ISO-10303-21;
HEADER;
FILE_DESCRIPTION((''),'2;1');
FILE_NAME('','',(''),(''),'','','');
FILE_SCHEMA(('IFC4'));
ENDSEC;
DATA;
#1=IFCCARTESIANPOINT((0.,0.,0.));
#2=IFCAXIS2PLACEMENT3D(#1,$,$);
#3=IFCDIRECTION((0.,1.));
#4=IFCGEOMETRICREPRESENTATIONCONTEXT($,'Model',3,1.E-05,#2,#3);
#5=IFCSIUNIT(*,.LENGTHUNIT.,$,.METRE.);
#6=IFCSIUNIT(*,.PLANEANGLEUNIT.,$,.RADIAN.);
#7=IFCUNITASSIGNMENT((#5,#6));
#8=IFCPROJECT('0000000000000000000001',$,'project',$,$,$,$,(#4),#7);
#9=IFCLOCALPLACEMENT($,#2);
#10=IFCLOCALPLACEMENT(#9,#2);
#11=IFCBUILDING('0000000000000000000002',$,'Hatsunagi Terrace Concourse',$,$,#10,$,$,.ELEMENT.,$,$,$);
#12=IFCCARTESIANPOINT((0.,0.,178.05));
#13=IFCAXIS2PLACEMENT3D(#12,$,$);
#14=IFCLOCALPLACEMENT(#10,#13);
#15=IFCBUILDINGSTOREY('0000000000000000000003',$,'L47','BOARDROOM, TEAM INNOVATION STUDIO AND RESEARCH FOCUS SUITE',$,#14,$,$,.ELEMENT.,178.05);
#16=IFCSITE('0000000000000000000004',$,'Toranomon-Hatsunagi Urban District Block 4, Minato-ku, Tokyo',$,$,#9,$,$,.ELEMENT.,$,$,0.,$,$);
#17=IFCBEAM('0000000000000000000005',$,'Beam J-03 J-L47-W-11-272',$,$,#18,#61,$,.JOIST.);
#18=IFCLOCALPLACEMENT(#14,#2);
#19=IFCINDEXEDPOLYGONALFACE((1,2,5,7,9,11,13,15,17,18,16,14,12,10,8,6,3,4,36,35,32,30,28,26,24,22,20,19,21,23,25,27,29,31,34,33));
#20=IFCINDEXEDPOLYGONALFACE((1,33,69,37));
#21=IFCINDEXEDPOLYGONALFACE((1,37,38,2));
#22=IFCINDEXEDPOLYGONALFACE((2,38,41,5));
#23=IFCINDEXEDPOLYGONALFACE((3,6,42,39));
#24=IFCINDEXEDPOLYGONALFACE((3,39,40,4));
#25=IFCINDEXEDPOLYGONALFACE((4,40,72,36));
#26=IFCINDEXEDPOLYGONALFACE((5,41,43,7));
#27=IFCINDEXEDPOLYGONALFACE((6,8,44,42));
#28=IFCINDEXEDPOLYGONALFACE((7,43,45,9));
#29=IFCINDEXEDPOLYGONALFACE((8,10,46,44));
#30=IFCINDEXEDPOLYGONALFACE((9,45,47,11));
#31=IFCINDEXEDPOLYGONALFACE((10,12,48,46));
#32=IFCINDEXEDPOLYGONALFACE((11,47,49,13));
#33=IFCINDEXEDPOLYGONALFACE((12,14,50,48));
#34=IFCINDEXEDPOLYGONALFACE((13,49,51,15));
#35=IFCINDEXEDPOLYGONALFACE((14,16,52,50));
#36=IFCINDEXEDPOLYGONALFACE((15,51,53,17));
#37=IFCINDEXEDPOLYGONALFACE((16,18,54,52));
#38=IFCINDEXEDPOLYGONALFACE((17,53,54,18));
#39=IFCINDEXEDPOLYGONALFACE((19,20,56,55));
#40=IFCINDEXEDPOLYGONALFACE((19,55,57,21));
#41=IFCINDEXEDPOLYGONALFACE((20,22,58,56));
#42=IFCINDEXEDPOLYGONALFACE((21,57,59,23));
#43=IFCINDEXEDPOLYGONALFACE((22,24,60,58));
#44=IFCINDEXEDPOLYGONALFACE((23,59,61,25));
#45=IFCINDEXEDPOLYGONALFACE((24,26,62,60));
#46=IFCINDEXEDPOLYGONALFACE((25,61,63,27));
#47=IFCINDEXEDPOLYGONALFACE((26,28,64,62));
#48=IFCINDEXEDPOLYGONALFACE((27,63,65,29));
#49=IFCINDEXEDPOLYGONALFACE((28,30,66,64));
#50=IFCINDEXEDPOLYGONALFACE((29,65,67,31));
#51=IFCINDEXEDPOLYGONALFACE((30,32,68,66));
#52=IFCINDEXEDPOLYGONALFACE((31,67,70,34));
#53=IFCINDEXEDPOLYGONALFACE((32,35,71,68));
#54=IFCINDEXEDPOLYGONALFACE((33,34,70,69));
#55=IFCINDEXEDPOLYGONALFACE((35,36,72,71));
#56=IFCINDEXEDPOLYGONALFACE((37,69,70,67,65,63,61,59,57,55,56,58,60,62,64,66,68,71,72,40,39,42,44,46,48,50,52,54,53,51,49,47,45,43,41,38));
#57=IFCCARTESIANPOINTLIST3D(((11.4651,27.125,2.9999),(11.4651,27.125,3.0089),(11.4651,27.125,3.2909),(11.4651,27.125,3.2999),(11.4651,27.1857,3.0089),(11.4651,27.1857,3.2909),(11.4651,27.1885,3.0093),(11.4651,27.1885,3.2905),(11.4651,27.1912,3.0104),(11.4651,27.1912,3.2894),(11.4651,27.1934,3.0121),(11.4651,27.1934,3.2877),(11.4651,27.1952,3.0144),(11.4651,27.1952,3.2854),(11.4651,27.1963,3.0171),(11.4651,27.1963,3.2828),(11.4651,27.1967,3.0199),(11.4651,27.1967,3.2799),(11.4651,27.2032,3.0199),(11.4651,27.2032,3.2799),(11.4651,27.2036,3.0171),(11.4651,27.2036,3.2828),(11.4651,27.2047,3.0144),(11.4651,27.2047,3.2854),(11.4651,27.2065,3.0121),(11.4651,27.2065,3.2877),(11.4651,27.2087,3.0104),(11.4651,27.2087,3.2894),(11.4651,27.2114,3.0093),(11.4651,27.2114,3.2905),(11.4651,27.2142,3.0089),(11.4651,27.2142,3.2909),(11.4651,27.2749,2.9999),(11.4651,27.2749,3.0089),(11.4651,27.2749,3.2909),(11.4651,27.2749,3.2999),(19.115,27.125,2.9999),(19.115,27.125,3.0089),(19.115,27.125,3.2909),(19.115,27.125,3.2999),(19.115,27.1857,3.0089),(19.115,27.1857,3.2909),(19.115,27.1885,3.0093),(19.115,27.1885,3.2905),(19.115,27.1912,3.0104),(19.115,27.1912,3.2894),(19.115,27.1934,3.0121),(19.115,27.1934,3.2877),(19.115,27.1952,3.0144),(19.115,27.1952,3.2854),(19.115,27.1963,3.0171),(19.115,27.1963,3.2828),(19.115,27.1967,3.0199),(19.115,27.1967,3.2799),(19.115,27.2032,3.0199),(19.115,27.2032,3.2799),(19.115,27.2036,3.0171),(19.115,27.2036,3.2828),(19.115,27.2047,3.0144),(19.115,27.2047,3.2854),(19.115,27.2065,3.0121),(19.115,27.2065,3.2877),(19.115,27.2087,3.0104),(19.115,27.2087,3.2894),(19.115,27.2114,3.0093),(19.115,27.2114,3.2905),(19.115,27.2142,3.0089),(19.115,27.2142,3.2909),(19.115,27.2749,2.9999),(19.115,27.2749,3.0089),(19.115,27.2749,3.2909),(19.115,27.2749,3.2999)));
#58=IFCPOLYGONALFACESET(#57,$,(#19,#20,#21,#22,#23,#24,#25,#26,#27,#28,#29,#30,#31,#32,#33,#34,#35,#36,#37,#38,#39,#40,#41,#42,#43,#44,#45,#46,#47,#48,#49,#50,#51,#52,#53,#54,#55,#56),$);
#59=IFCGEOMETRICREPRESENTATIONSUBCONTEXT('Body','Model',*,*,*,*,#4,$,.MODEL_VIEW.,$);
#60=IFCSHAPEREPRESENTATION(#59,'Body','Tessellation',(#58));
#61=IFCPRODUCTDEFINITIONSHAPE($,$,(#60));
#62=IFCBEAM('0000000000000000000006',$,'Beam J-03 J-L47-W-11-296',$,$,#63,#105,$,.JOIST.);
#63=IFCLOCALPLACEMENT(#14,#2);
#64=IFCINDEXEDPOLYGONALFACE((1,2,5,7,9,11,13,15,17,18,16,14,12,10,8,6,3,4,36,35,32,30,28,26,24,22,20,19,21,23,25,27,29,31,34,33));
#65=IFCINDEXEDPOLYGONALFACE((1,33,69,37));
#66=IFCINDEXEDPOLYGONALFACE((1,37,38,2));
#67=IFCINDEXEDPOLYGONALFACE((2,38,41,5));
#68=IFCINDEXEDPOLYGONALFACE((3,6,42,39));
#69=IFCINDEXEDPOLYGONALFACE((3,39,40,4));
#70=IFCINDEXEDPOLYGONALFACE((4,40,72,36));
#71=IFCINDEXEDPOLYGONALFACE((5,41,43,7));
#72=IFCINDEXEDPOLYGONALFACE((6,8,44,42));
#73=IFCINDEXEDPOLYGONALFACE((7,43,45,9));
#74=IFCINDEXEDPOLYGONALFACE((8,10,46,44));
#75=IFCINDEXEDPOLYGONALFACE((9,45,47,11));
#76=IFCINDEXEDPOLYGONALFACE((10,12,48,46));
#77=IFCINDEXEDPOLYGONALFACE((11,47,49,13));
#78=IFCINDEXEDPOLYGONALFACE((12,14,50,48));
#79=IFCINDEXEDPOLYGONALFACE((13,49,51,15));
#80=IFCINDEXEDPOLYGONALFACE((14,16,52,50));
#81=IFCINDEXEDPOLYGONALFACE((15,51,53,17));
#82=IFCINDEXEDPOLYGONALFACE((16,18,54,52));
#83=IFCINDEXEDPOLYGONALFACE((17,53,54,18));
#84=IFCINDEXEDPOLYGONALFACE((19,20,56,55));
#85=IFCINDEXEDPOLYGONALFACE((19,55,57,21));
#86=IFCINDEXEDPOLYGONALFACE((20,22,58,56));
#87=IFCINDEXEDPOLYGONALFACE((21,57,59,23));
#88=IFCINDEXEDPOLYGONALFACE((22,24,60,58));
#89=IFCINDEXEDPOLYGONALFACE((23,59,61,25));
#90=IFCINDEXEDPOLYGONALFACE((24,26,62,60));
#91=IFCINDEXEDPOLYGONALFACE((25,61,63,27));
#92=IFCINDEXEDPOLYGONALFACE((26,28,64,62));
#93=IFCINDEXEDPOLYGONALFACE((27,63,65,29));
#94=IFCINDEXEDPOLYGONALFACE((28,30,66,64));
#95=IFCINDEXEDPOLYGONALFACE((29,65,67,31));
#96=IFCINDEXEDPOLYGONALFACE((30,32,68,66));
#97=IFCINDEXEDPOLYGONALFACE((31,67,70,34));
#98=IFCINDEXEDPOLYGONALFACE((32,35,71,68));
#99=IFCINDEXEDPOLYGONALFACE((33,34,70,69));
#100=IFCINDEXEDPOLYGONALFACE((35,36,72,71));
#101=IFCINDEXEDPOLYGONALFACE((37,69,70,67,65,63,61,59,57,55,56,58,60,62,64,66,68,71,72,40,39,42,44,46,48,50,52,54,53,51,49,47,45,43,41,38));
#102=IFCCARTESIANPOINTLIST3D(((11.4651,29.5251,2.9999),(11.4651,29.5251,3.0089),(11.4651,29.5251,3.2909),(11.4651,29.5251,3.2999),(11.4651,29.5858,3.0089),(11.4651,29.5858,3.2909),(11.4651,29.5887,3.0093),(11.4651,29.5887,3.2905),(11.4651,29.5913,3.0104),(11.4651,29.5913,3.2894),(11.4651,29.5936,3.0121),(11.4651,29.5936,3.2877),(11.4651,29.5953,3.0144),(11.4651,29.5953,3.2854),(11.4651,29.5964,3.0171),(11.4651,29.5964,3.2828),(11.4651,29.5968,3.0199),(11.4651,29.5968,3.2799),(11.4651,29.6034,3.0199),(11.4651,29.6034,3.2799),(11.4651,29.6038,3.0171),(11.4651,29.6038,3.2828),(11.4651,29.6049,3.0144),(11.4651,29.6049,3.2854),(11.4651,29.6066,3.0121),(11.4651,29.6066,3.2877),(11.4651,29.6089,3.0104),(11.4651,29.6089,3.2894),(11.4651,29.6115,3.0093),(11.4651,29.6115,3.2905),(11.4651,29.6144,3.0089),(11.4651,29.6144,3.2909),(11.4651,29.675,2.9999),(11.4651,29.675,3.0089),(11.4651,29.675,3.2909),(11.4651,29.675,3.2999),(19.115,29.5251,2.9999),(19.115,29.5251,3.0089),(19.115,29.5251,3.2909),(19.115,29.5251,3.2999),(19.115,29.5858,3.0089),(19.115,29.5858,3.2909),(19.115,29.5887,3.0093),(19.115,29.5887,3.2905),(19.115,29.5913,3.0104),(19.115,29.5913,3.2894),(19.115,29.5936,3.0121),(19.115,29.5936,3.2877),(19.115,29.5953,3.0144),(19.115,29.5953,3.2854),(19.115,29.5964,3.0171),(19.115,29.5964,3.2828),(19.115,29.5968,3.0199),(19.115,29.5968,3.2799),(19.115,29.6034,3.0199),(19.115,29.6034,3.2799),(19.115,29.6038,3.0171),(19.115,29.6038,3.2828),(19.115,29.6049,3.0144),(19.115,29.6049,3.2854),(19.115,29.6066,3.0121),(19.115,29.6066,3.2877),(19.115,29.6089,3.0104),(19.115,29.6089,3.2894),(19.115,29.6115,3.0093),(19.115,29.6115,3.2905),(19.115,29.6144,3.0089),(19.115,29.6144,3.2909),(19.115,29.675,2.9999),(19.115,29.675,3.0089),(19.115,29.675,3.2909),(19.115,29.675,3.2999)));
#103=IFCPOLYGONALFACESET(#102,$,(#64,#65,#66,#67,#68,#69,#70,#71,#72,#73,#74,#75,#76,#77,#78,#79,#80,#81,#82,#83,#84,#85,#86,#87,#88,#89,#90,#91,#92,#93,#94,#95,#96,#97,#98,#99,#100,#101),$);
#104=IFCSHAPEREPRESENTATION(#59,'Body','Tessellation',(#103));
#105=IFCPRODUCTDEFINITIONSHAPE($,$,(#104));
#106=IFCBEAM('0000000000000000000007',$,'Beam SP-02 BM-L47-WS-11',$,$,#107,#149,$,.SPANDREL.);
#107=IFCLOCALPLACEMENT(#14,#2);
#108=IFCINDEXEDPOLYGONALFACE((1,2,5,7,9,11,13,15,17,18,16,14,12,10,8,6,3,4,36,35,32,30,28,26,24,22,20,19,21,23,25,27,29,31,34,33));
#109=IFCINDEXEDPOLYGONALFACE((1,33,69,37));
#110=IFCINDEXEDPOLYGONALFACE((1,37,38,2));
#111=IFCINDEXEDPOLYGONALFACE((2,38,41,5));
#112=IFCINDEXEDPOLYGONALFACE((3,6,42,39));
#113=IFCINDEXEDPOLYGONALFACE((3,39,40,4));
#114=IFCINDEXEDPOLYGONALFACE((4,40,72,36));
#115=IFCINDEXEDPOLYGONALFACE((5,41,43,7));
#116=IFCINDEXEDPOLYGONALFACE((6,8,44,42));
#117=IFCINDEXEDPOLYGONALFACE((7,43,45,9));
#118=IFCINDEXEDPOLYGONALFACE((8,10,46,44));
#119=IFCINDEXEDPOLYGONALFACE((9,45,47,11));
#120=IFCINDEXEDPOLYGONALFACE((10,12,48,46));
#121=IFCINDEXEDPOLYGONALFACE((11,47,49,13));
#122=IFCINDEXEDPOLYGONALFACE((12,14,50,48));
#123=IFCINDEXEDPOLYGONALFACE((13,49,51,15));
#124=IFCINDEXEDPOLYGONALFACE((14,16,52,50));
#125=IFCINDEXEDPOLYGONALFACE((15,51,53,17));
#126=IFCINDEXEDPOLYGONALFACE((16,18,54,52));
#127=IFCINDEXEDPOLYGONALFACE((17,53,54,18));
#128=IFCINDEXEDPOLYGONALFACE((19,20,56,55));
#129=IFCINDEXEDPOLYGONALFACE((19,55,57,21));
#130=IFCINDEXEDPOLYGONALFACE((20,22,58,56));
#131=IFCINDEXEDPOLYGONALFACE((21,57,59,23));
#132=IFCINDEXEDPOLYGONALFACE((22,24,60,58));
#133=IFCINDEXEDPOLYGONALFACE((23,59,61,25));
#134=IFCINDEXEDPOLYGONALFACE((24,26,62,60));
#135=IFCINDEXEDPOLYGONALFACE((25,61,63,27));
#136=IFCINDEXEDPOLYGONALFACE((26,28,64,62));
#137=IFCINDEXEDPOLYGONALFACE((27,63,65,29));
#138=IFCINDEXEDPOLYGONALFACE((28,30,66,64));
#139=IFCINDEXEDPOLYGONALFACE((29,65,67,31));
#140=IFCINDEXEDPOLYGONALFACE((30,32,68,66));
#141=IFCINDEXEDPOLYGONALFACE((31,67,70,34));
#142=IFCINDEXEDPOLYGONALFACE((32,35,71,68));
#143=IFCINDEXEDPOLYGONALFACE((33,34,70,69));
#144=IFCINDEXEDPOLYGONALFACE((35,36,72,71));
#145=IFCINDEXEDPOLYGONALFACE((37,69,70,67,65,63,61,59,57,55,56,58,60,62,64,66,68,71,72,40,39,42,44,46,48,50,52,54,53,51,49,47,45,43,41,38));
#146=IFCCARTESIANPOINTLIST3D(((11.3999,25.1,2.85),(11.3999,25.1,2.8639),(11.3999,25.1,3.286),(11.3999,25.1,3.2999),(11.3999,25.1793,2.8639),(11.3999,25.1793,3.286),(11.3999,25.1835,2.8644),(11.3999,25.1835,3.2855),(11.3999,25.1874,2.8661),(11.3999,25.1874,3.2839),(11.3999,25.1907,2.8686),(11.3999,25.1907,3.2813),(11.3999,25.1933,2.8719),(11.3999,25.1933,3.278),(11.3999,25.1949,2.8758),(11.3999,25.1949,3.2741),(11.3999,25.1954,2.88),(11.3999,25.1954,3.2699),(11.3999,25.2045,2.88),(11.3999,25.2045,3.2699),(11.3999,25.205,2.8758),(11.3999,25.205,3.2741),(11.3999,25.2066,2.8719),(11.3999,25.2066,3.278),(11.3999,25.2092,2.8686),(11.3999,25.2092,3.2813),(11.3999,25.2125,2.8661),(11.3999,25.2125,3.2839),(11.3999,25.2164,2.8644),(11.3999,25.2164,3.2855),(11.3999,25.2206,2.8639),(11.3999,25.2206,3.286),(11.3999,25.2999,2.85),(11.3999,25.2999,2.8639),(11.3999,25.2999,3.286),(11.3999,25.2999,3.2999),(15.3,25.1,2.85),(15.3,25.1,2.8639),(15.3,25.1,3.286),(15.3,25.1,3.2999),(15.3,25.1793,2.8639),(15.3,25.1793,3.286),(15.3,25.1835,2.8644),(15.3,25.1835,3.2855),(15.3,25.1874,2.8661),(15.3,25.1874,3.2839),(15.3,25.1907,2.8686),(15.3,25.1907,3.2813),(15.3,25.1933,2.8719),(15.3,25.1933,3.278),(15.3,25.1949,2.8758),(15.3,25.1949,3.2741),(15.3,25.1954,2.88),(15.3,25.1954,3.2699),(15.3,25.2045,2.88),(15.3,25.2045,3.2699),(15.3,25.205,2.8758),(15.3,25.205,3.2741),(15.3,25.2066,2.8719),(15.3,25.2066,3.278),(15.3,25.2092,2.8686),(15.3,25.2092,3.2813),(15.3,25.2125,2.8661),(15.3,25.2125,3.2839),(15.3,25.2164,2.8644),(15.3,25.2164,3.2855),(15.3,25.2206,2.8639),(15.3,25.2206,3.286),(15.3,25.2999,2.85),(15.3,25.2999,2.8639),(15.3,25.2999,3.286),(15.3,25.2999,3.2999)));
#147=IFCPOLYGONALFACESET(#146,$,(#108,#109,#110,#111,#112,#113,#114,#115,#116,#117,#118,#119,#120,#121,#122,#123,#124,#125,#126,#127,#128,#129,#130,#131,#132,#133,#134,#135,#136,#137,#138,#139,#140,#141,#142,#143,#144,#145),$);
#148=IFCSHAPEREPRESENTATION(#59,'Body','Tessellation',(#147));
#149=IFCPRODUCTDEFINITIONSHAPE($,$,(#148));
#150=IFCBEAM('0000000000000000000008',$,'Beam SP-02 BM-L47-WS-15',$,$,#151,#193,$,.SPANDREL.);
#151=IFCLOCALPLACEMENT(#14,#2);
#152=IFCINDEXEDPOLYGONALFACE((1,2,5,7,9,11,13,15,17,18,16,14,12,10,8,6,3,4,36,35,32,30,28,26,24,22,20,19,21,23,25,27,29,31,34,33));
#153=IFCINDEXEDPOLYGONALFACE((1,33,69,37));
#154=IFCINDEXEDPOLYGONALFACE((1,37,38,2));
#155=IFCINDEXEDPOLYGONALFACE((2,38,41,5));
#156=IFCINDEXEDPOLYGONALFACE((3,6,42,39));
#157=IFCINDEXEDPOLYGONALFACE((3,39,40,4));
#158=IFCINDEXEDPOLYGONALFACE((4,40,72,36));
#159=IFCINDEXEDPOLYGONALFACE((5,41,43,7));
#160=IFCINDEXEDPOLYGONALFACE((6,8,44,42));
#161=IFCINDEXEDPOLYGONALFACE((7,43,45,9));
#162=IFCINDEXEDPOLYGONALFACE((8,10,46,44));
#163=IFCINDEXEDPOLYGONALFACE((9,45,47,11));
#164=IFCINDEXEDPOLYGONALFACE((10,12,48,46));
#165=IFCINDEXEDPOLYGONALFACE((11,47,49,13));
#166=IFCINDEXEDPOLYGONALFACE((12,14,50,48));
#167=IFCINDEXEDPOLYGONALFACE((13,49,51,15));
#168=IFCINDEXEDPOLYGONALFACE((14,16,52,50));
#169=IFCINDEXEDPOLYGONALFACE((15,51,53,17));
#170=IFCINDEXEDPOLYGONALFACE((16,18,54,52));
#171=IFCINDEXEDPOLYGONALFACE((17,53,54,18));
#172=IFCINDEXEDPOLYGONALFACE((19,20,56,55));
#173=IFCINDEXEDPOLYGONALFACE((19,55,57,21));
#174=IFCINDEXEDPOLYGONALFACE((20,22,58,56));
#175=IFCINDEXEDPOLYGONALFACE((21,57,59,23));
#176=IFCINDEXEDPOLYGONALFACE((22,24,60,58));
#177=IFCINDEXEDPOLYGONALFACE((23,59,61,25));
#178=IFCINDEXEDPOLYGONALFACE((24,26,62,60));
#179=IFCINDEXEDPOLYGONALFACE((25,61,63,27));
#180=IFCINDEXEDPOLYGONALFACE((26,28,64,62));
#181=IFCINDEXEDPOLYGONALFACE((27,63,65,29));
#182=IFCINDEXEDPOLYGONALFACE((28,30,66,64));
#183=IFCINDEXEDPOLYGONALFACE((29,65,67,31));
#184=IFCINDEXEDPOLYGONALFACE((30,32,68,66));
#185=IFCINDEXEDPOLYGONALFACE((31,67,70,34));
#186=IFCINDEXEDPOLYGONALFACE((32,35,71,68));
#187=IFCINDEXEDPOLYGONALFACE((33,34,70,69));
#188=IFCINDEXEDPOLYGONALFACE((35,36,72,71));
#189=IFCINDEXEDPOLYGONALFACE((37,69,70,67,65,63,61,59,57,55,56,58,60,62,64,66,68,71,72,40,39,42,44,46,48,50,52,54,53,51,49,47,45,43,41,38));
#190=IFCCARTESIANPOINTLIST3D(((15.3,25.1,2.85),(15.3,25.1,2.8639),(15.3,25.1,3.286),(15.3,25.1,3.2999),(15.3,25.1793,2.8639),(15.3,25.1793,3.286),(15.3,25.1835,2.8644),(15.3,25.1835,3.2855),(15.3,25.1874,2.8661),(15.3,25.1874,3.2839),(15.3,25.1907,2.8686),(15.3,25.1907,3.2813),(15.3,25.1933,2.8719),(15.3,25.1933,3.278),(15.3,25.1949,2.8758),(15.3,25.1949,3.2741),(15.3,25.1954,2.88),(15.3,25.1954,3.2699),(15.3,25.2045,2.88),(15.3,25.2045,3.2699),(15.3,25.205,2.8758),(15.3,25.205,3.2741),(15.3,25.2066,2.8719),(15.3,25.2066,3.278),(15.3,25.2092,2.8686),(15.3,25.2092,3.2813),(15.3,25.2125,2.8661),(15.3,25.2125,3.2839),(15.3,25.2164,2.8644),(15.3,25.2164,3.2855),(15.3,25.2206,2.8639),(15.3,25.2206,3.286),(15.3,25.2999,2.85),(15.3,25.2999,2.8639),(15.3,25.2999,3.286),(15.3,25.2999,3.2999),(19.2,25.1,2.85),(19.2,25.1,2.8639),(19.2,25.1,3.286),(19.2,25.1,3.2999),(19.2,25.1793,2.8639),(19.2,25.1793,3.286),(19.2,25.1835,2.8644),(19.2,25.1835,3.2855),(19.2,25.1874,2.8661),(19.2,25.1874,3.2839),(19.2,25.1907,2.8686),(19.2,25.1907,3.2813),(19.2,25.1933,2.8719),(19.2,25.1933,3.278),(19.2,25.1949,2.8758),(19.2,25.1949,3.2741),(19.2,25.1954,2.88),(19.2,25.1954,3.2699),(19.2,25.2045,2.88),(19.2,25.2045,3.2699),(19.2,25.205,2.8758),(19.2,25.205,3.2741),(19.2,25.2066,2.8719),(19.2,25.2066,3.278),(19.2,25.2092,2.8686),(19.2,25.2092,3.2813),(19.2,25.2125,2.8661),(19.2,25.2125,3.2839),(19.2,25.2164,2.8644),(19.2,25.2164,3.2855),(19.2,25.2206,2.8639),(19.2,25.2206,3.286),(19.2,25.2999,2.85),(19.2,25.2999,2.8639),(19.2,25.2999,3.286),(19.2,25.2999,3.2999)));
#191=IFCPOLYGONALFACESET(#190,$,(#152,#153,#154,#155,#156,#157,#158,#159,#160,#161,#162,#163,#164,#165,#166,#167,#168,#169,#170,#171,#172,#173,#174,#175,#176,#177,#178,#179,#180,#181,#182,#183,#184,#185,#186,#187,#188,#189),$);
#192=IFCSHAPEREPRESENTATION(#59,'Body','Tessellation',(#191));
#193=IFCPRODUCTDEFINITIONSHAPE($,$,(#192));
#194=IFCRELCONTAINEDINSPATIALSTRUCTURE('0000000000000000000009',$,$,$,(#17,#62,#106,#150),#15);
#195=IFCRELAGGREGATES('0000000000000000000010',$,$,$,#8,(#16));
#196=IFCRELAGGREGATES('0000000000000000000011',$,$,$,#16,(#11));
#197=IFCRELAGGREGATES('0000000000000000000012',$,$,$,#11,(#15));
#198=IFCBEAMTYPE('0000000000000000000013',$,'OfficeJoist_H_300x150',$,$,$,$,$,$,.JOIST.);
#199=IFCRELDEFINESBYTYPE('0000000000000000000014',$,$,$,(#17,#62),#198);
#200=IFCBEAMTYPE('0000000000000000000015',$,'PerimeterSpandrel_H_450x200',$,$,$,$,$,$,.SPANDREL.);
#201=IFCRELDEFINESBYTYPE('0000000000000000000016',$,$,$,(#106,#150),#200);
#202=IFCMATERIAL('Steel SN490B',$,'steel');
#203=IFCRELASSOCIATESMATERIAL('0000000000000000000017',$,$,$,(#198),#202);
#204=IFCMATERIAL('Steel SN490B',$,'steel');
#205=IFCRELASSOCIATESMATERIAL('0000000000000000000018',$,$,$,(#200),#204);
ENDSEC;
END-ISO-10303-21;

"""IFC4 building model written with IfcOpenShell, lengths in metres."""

from ifc_helpers import new_model, si_unit, direction, frame, origin, origin_2d, place, context, subcontext, project, spatial, i_section, extrude, material, material_profile, profile_set, type_object, element, save


model = new_model("IFC4")

# Units and contexts
model_context = context("Model", 3, precision=1e-05, world=origin(), true_north=direction((0.0, 1.0)))
body_context = subcontext(model_context, "Body", "Model", "MODEL_VIEW")
ifc_project = project(units=[si_unit("LENGTHUNIT", "METRE"), si_unit("PLANEANGLEUNIT", "RADIAN")], contexts=[model_context])

# Site, building, storey
site_placement = place(None, origin())
site = spatial("IfcSite", under=ifc_project, at=site_placement, Name="Toranomon-Hatsunagi Urban District Block 4, Minato-ku, Tokyo", CompositionType="ELEMENT", RefElevation=0.0)
building_placement = place(site_placement, origin())
building = spatial("IfcBuilding", under=site, at=building_placement, Name="Hatsunagi Terrace Concourse", CompositionType="ELEMENT")
storey_placement = place(building_placement, frame((0.0, 0.0, 178.05)))
storey = spatial("IfcBuildingStorey", under=building, at=storey_placement, Name="L47", Description="BOARDROOM, TEAM INNOVATION STUDIO AND RESEARCH FOCUS SUITE", CompositionType="ELEMENT", Elevation=178.05)

# Beams
ifc_material_1 = material(Name="Steel SN490B", Category="steel")
ifc_material_profile_1 = material_profile(ifc_material_1, i_section(OverallWidth=0.1499, OverallDepth=0.3, WebThickness=0.0066, FlangeThickness=0.009, FilletRadius=0.011, at=origin_2d()), Name="H-300x150x6.5x9")
ifc_profile_set_1 = profile_set([ifc_material_profile_1], Name="Steel SN490B")
beam_type_1 = type_object("IfcBeamType", Name="OfficeJoist_H_300x150", PredefinedType="JOIST", material=ifc_profile_set_1)
for number, where, z_axis, x_axis, name in (
    (1, (11.4651, 27.2, 3.1499), (1.0, 0.0, 0.0), (0.0, 1.0, 0.0), "Beam J-03 J-L47-W-11-272"),
    (2, (11.4651, 29.6001, 3.1499), (1.0, 0.0, 0.0), (0.0, 1.0, 0.0), "Beam J-03 J-L47-W-11-296"),
):
    element("IfcBeam", number, at=place(storey_placement, frame(where, z_axis=z_axis, x_axis=x_axis)), inside=storey, type_object=beam_type_1, Name=name, PredefinedType="JOIST", context=body_context, shape_type="SweptSolid", body=[
        extrude(i_section(OverallWidth=0.1499, OverallDepth=0.3, WebThickness=0.0066, FlangeThickness=0.009, FilletRadius=0.011, at=origin_2d()), origin(), (0.0, 0.0, 1.0), 7.6499),
    ])
ifc_material_2 = material(Name="Steel SN490B", Category="steel")
ifc_material_profile_2 = material_profile(ifc_material_2, i_section(OverallWidth=0.2, OverallDepth=0.45, WebThickness=0.009, FlangeThickness=0.0139, FilletRadius=0.0161, at=origin_2d()), Name="H-450x200x9x14")
ifc_profile_set_2 = profile_set([ifc_material_profile_2], Name="Steel SN490B")
beam_type_2 = type_object("IfcBeamType", Name="PerimeterSpandrel_H_450x200", PredefinedType="SPANDREL", material=ifc_profile_set_2)
beam_1_placement = place(storey_placement, frame((11.3999, 25.2, 3.075), z_axis=(1.0, 0.0, 0.0), x_axis=(0.0, 1.0, 0.0)))
element("IfcBeam", 3, at=beam_1_placement, inside=storey, type_object=beam_type_2, Name="Beam SP-02 BM-L47-WS-11", PredefinedType="SPANDREL", context=body_context, shape_type="SweptSolid", body=[
    extrude(i_section(OverallWidth=0.2, OverallDepth=0.45, WebThickness=0.009, FlangeThickness=0.0139, FilletRadius=0.0161, at=origin_2d()), origin(), (0.0, 0.0, 1.0), 3.9001),
])
beam_2_placement = place(storey_placement, frame((15.3, 25.2, 3.075), z_axis=(1.0, 0.0, 0.0), x_axis=(0.0, 1.0, 0.0)))
element("IfcBeam", 4, at=beam_2_placement, inside=storey, type_object=beam_type_2, Name="Beam SP-02 BM-L47-WS-15", PredefinedType="SPANDREL", context=body_context, shape_type="SweptSolid", body=[
    extrude(i_section(OverallWidth=0.2, OverallDepth=0.45, WebThickness=0.009, FlangeThickness=0.0139, FilletRadius=0.0161, at=origin_2d()), origin(), (0.0, 0.0, 1.0), 3.8999),
])

save(model, "model.ifc")
